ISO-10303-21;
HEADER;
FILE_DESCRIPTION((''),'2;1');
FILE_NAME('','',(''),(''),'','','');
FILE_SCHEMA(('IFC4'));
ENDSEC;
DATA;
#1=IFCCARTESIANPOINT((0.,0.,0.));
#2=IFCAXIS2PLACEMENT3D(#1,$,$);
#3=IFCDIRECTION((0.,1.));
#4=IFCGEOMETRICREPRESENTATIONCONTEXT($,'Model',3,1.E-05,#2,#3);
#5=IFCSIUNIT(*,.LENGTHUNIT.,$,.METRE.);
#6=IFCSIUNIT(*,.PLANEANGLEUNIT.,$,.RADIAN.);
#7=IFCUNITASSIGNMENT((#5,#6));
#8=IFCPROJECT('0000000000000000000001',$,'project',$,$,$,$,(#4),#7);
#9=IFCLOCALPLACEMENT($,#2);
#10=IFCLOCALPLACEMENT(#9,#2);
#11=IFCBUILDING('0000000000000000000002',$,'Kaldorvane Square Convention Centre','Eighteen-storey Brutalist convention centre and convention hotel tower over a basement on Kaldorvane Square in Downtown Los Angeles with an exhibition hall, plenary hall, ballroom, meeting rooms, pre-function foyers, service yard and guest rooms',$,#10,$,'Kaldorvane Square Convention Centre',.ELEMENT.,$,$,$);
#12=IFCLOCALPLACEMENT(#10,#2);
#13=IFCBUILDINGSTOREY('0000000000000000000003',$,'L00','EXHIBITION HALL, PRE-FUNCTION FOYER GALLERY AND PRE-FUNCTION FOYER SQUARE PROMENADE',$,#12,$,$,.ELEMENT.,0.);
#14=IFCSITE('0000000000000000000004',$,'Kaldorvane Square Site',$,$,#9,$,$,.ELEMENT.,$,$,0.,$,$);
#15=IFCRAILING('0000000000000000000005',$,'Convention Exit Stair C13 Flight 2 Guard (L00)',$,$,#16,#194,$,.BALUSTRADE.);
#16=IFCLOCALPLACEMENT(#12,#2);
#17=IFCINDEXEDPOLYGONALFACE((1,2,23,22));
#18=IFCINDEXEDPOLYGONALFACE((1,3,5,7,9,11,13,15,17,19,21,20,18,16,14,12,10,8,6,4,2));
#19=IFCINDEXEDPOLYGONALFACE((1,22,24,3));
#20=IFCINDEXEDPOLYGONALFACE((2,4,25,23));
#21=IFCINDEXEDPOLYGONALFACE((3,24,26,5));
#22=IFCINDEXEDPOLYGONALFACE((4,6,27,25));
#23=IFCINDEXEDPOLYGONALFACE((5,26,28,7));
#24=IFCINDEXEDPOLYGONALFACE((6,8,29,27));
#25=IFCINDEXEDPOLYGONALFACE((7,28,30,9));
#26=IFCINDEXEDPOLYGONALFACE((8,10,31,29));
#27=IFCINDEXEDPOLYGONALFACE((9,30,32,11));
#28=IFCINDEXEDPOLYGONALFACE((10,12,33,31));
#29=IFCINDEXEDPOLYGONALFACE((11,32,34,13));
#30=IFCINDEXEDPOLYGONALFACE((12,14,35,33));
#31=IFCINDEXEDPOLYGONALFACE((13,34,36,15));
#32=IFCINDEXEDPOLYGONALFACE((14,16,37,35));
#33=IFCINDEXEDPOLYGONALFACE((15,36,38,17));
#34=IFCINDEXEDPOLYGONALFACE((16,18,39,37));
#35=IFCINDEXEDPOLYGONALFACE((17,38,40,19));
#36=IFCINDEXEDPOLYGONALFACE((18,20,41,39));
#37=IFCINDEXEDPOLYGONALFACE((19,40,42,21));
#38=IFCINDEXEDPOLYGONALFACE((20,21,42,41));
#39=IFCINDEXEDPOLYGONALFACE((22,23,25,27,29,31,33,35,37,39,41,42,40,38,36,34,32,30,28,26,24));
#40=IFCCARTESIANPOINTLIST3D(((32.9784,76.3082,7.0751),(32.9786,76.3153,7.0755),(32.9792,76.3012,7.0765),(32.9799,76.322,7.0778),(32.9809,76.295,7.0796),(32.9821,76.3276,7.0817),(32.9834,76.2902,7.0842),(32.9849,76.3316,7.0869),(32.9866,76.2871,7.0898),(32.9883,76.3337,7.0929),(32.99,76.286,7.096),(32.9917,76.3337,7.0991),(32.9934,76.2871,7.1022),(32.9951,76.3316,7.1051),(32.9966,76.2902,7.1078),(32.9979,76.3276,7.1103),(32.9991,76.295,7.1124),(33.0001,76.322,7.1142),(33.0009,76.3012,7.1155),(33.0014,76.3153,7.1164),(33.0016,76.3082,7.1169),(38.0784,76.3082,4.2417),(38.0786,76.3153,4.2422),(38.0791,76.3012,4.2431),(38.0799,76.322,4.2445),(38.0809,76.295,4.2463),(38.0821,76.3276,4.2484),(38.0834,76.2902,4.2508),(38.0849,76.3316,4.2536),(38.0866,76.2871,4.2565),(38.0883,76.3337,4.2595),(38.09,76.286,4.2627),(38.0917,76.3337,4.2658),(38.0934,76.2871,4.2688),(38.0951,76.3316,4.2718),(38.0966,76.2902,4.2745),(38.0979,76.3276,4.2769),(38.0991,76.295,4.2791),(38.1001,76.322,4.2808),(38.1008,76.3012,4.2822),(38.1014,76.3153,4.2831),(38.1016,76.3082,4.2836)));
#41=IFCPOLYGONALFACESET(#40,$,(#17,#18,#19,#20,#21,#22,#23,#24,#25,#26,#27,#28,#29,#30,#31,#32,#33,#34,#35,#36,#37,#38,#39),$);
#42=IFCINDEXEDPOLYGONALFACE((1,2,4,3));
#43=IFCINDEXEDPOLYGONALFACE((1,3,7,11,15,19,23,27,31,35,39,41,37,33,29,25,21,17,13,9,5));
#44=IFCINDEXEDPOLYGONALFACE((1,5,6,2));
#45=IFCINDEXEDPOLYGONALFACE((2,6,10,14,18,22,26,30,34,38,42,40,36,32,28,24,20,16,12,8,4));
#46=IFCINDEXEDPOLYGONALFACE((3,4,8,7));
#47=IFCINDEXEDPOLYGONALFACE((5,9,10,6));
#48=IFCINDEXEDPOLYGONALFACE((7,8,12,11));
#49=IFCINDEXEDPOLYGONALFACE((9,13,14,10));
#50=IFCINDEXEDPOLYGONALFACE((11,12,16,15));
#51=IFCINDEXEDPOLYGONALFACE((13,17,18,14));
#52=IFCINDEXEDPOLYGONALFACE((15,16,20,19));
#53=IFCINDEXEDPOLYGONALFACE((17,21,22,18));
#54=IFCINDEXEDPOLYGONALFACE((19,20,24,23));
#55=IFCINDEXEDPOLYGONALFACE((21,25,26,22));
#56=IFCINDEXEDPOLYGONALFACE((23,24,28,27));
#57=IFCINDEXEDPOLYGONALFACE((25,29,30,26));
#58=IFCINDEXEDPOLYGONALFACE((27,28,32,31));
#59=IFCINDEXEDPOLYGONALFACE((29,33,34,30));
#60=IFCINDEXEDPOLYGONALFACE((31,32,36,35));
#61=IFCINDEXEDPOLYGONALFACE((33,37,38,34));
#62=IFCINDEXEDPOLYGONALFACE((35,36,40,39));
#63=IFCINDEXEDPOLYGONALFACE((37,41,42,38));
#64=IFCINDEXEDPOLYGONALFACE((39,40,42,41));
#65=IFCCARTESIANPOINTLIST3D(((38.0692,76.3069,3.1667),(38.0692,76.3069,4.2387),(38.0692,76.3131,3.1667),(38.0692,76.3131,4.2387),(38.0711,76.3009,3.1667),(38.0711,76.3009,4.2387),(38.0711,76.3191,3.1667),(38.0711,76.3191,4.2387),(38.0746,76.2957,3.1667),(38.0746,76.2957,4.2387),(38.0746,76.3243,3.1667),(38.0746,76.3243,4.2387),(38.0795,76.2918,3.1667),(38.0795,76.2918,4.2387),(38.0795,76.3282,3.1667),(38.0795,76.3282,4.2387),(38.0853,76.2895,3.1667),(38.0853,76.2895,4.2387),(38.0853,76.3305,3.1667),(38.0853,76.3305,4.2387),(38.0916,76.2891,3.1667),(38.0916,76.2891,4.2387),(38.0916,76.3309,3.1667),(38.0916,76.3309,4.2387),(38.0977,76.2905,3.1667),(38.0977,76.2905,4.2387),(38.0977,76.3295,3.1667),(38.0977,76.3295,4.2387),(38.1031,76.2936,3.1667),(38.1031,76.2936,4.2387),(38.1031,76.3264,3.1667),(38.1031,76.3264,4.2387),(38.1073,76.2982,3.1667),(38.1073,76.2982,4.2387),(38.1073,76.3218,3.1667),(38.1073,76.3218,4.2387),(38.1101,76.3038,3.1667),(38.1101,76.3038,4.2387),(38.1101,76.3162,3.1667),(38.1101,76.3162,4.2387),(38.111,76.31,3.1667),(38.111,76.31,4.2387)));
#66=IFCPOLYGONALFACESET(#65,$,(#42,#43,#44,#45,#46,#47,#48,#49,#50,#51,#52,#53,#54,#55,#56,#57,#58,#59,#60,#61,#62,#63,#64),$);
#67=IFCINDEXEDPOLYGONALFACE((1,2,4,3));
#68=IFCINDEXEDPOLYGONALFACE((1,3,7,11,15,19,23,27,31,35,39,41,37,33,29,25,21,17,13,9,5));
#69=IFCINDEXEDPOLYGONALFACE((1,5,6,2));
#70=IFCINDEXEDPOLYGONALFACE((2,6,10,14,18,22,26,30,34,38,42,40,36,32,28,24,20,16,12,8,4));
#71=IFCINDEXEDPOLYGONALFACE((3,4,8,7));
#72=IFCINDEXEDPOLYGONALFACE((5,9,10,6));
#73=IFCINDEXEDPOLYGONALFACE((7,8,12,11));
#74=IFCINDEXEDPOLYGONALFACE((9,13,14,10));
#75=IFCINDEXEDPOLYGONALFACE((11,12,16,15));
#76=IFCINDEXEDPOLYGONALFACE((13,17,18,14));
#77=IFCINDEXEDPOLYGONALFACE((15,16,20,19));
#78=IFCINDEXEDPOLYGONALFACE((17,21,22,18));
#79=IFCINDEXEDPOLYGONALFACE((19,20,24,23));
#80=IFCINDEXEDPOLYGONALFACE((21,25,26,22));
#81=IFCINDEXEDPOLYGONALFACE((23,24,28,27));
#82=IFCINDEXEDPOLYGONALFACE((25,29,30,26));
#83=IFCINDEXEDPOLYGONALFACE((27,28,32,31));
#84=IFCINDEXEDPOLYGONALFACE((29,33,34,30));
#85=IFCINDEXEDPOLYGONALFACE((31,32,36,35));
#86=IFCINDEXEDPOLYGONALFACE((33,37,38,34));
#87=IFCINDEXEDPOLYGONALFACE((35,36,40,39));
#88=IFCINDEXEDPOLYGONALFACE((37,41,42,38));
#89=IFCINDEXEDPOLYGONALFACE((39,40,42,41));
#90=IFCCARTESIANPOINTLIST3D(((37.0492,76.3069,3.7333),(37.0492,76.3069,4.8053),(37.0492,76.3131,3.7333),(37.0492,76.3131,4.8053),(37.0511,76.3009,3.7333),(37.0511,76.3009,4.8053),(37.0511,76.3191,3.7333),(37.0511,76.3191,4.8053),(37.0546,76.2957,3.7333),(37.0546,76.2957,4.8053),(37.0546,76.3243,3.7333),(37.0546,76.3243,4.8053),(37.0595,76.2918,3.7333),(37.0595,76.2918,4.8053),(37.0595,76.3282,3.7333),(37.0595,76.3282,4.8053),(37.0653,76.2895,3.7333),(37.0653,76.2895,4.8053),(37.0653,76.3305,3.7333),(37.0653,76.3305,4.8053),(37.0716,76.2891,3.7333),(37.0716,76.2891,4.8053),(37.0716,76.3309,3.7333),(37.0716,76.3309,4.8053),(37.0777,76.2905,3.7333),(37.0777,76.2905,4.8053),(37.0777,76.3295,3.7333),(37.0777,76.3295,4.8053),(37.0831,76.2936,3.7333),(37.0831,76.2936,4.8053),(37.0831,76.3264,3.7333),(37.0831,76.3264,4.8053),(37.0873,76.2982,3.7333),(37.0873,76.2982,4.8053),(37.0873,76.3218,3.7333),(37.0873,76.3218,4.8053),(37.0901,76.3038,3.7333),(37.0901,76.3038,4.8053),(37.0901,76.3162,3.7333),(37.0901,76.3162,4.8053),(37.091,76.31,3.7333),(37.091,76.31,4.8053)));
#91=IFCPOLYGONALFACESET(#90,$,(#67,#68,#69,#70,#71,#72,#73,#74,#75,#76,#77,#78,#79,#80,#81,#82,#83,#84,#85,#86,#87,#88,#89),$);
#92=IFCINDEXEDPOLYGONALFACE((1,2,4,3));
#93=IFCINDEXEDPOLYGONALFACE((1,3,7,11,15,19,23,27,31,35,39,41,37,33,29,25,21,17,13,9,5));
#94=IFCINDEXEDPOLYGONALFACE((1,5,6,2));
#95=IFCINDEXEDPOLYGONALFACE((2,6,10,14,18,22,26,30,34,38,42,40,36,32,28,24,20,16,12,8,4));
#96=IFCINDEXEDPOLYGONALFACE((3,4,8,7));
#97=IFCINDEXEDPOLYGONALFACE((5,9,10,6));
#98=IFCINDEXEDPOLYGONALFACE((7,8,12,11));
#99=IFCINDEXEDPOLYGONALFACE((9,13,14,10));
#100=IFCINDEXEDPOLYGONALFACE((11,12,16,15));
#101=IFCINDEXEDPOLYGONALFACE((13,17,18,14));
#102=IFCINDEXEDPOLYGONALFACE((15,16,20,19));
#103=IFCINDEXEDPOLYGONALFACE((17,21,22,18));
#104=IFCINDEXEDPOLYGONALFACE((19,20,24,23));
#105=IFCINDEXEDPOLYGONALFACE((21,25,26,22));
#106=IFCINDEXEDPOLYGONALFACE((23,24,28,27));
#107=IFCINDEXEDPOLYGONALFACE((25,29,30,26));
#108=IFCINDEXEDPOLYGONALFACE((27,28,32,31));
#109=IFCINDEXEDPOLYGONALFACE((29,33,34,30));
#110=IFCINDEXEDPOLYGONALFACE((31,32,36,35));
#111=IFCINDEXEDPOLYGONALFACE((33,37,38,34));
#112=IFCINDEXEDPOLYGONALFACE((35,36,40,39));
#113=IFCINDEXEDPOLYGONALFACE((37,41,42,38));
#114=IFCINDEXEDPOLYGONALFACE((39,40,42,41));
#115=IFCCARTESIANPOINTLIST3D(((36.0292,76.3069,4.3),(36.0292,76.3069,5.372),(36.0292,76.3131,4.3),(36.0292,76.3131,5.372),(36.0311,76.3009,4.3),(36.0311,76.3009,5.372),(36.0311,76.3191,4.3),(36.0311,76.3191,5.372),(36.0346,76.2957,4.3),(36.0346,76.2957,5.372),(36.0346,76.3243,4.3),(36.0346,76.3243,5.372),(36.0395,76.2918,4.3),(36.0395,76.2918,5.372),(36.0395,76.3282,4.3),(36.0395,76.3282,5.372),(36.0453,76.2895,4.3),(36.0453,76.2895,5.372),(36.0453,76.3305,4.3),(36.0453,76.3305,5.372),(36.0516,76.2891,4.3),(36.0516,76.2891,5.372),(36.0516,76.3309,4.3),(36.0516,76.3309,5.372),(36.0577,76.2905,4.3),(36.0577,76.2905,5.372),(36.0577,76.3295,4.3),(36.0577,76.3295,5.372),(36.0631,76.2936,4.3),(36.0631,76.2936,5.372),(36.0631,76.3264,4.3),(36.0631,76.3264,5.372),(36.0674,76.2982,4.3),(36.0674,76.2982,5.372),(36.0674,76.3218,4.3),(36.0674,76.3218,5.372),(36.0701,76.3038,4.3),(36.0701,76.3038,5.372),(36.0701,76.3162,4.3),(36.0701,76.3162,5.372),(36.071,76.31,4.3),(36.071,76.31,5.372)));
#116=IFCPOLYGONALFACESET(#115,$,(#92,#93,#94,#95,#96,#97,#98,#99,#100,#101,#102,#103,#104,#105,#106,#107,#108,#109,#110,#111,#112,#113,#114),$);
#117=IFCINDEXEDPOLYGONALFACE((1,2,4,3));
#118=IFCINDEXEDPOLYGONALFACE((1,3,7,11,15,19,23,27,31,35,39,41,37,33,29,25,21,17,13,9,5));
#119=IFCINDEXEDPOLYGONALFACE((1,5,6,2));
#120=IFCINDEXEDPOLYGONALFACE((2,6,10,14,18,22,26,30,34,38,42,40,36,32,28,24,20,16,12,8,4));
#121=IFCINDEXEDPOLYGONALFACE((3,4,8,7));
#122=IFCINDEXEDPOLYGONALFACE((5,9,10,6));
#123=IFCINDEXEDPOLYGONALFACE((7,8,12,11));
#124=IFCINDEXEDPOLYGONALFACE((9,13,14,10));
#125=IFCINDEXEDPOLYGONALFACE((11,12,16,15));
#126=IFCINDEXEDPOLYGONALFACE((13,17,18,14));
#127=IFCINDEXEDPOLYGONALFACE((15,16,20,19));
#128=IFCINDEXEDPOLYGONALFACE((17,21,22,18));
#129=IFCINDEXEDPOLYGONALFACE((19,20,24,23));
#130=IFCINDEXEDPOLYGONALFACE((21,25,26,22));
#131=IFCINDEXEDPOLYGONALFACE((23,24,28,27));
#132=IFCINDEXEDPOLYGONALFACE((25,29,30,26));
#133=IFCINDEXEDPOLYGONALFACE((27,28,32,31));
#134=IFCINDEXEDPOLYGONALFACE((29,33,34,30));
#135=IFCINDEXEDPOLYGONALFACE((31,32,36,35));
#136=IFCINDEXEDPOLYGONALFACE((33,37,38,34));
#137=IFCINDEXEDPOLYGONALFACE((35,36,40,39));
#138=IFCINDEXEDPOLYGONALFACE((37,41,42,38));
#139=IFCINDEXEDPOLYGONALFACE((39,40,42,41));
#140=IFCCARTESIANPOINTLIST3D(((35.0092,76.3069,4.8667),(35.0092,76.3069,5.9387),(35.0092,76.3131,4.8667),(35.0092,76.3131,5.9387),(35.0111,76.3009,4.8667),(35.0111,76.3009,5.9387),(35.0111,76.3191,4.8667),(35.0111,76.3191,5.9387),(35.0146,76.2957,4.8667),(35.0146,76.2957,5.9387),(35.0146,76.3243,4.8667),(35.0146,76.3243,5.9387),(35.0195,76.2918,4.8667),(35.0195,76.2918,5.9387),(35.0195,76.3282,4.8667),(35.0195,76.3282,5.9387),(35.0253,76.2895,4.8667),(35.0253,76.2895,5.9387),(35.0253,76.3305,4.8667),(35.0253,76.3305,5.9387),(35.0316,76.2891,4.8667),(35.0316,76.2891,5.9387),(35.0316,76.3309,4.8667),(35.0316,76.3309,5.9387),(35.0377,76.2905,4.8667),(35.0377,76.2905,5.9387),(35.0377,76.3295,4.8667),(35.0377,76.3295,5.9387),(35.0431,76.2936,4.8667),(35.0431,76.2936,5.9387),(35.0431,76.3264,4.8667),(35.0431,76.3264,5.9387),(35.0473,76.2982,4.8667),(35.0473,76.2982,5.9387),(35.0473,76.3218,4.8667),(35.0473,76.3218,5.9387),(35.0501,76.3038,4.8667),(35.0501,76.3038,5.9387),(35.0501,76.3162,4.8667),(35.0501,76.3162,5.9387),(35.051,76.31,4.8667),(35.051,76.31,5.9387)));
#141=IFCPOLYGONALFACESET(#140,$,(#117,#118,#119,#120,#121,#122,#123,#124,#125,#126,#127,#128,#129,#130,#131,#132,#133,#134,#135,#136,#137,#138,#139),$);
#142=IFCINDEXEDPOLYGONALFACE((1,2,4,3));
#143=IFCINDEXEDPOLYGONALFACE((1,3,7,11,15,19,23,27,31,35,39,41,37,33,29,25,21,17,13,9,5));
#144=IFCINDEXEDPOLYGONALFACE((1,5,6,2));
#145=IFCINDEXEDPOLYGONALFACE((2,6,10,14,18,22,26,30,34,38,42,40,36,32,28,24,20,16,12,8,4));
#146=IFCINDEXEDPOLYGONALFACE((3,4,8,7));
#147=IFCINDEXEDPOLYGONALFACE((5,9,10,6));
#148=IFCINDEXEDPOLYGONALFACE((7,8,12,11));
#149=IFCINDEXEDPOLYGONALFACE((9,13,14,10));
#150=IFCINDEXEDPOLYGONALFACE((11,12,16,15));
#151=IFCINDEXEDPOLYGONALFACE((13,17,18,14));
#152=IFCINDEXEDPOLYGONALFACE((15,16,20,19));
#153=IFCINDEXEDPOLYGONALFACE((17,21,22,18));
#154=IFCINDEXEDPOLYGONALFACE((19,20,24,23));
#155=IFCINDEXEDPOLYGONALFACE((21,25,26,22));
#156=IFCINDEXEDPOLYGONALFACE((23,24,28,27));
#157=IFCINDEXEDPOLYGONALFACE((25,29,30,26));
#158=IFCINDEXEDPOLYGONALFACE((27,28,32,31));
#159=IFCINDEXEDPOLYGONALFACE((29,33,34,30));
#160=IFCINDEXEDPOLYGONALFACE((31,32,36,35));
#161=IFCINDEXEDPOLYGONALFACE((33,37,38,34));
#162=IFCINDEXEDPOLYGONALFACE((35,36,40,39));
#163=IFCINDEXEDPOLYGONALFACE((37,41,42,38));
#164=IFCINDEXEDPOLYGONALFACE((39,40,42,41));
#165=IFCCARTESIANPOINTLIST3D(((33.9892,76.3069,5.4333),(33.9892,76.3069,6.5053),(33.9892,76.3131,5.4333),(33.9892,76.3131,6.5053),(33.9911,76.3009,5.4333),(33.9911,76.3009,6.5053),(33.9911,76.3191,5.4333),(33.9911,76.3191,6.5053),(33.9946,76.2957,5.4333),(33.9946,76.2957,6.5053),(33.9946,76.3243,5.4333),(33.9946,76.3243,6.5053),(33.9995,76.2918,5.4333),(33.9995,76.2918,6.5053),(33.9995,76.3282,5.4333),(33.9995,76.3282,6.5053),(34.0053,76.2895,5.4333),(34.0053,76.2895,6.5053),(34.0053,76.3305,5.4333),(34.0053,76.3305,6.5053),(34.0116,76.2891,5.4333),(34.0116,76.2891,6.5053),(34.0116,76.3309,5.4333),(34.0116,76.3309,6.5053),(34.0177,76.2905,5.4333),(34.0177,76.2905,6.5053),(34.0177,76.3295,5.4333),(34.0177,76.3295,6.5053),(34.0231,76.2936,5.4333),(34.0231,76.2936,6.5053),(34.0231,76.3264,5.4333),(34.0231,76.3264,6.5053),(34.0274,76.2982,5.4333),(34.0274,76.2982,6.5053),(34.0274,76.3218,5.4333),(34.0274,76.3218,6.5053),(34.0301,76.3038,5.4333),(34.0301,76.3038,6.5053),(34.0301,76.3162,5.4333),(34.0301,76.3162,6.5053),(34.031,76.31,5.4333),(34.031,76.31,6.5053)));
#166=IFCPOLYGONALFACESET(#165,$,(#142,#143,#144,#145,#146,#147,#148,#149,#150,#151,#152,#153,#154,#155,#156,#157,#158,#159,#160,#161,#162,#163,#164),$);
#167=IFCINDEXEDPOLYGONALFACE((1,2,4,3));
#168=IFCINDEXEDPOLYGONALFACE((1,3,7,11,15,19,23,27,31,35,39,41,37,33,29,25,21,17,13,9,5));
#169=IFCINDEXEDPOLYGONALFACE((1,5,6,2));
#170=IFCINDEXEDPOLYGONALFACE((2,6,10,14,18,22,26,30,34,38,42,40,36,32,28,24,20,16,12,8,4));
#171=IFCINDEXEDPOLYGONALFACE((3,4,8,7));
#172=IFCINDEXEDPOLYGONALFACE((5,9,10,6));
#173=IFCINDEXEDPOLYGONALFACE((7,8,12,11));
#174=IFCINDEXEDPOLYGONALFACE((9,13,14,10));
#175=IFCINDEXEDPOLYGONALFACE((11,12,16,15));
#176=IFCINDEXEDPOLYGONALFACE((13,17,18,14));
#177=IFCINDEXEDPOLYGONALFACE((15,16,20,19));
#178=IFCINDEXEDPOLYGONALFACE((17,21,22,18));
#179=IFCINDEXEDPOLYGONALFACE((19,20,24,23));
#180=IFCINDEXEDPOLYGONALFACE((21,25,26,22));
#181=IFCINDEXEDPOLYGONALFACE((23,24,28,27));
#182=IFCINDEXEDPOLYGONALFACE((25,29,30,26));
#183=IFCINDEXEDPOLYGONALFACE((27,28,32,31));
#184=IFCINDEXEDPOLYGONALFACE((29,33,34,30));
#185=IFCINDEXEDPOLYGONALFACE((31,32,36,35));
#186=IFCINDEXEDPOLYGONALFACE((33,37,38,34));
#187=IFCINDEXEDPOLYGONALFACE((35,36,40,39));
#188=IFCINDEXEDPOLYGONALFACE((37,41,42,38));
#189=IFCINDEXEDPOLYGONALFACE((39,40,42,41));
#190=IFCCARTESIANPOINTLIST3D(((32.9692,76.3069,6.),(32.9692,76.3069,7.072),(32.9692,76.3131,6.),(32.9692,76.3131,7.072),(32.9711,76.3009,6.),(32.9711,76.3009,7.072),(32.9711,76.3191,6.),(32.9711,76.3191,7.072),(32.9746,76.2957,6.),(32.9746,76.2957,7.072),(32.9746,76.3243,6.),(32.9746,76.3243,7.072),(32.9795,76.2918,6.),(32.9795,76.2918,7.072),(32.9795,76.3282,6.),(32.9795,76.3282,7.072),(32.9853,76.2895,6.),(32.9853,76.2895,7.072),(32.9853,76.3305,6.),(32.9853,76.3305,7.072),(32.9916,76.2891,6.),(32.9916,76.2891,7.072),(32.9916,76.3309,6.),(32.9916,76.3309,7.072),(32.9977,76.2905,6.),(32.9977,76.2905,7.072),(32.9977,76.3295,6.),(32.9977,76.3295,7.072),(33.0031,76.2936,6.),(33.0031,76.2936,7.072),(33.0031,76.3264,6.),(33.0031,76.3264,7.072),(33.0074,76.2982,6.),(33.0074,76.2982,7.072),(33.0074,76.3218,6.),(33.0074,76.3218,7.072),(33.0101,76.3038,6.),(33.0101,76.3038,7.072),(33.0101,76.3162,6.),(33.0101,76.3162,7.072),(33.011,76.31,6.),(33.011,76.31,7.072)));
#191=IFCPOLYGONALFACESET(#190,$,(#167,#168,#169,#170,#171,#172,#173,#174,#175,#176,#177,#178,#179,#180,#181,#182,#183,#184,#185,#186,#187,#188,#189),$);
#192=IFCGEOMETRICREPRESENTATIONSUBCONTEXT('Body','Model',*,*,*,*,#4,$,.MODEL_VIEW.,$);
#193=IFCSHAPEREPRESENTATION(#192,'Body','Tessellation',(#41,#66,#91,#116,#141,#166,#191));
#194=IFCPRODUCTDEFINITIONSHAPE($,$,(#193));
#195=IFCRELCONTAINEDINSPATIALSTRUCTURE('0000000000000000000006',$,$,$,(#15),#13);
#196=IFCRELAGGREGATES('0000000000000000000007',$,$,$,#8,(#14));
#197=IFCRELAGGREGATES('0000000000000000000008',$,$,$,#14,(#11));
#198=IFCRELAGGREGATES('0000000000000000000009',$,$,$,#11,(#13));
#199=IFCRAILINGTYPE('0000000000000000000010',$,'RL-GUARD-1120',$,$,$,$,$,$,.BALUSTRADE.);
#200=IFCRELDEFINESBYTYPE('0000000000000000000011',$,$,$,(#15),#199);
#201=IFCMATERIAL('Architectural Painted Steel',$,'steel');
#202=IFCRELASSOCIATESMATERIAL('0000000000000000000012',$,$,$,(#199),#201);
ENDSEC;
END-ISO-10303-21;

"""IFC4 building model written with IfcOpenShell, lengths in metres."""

from ifc_helpers import new_model, si_unit, direction, frame, origin, origin_2d, place, context, subcontext, project, spatial, circle, extrude, material, type_object, element, save


model = new_model("IFC4")

# Units and contexts
model_context = context("Model", 3, precision=1e-05, world=origin(), true_north=direction((0.0, 1.0)))
body_context = subcontext(model_context, "Body", "Model", "MODEL_VIEW")
ifc_project = project(units=[si_unit("LENGTHUNIT", "METRE"), si_unit("PLANEANGLEUNIT", "RADIAN")], contexts=[model_context])

# Site, building, storey
site_placement = place(None, origin())
site = spatial("IfcSite", under=ifc_project, at=site_placement, Name="Kaldorvane Square Site", CompositionType="ELEMENT", RefElevation=0.0)
building_placement = place(site_placement, origin())
building = spatial("IfcBuilding", under=site, at=building_placement, Name="Kaldorvane Square Convention Centre", Description="Eighteen-storey Brutalist convention centre and convention hotel tower over a basement on Kaldorvane Square in Downtown Los Angeles with an exhibition hall, plenary hall, ballroom, meeting rooms, pre-function foyers, service yard and guest rooms", LongName="Kaldorvane Square Convention Centre", CompositionType="ELEMENT")
storey_placement = place(building_placement, origin())
storey = spatial("IfcBuildingStorey", under=building, at=storey_placement, Name="L00", Description="EXHIBITION HALL, PRE-FUNCTION FOYER GALLERY AND PRE-FUNCTION FOYER SQUARE PROMENADE", CompositionType="ELEMENT", Elevation=0.0)

# Railing
ifc_material_1 = material(Name="Architectural Painted Steel", Category="steel")
railing_type_1 = type_object("IfcRailingType", Name="RL-GUARD-1120", PredefinedType="BALUSTRADE", material=ifc_material_1)
railing_1_placement = place(storey_placement, frame((38.09, 76.31, 3.1667)))
element("IfcRailing", 1, at=railing_1_placement, inside=storey, type_object=railing_type_1, Name="Convention Exit Stair C13 Flight 2 Guard (L00)", PredefinedType="BALUSTRADE", context=body_context, shape_type="SweptSolid", body=[
    extrude(circle(Radius=0.024, at=origin_2d()), frame((0.0, 0.0, 1.096), z_axis=(-0.874157, 0.0, 0.485643), x_axis=(0.0, -1.0, 0.0)), (0.0, 0.0, 1.0), 5.8342),
    extrude(circle(Radius=0.021, at=origin_2d()), origin(), (0.0, 0.0, 1.0), 1.072),
    extrude(circle(Radius=0.021, at=origin_2d()), frame((-1.02, 0.0, 0.5667)), (0.0, 0.0, 1.0), 1.072),
    extrude(circle(Radius=0.021, at=origin_2d()), frame((-2.04, 0.0, 1.1333)), (0.0, 0.0, 1.0), 1.072),
    extrude(circle(Radius=0.021, at=origin_2d()), frame((-3.06, 0.0, 1.7)), (0.0, 0.0, 1.0), 1.072),
    extrude(circle(Radius=0.021, at=origin_2d()), frame((-4.08, 0.0, 2.2667)), (0.0, 0.0, 1.0), 1.072),
    extrude(circle(Radius=0.021, at=origin_2d()), frame((-5.1, 0.0, 2.8333)), (0.0, 0.0, 1.0), 1.072),
])

save(model, "model.ifc")
